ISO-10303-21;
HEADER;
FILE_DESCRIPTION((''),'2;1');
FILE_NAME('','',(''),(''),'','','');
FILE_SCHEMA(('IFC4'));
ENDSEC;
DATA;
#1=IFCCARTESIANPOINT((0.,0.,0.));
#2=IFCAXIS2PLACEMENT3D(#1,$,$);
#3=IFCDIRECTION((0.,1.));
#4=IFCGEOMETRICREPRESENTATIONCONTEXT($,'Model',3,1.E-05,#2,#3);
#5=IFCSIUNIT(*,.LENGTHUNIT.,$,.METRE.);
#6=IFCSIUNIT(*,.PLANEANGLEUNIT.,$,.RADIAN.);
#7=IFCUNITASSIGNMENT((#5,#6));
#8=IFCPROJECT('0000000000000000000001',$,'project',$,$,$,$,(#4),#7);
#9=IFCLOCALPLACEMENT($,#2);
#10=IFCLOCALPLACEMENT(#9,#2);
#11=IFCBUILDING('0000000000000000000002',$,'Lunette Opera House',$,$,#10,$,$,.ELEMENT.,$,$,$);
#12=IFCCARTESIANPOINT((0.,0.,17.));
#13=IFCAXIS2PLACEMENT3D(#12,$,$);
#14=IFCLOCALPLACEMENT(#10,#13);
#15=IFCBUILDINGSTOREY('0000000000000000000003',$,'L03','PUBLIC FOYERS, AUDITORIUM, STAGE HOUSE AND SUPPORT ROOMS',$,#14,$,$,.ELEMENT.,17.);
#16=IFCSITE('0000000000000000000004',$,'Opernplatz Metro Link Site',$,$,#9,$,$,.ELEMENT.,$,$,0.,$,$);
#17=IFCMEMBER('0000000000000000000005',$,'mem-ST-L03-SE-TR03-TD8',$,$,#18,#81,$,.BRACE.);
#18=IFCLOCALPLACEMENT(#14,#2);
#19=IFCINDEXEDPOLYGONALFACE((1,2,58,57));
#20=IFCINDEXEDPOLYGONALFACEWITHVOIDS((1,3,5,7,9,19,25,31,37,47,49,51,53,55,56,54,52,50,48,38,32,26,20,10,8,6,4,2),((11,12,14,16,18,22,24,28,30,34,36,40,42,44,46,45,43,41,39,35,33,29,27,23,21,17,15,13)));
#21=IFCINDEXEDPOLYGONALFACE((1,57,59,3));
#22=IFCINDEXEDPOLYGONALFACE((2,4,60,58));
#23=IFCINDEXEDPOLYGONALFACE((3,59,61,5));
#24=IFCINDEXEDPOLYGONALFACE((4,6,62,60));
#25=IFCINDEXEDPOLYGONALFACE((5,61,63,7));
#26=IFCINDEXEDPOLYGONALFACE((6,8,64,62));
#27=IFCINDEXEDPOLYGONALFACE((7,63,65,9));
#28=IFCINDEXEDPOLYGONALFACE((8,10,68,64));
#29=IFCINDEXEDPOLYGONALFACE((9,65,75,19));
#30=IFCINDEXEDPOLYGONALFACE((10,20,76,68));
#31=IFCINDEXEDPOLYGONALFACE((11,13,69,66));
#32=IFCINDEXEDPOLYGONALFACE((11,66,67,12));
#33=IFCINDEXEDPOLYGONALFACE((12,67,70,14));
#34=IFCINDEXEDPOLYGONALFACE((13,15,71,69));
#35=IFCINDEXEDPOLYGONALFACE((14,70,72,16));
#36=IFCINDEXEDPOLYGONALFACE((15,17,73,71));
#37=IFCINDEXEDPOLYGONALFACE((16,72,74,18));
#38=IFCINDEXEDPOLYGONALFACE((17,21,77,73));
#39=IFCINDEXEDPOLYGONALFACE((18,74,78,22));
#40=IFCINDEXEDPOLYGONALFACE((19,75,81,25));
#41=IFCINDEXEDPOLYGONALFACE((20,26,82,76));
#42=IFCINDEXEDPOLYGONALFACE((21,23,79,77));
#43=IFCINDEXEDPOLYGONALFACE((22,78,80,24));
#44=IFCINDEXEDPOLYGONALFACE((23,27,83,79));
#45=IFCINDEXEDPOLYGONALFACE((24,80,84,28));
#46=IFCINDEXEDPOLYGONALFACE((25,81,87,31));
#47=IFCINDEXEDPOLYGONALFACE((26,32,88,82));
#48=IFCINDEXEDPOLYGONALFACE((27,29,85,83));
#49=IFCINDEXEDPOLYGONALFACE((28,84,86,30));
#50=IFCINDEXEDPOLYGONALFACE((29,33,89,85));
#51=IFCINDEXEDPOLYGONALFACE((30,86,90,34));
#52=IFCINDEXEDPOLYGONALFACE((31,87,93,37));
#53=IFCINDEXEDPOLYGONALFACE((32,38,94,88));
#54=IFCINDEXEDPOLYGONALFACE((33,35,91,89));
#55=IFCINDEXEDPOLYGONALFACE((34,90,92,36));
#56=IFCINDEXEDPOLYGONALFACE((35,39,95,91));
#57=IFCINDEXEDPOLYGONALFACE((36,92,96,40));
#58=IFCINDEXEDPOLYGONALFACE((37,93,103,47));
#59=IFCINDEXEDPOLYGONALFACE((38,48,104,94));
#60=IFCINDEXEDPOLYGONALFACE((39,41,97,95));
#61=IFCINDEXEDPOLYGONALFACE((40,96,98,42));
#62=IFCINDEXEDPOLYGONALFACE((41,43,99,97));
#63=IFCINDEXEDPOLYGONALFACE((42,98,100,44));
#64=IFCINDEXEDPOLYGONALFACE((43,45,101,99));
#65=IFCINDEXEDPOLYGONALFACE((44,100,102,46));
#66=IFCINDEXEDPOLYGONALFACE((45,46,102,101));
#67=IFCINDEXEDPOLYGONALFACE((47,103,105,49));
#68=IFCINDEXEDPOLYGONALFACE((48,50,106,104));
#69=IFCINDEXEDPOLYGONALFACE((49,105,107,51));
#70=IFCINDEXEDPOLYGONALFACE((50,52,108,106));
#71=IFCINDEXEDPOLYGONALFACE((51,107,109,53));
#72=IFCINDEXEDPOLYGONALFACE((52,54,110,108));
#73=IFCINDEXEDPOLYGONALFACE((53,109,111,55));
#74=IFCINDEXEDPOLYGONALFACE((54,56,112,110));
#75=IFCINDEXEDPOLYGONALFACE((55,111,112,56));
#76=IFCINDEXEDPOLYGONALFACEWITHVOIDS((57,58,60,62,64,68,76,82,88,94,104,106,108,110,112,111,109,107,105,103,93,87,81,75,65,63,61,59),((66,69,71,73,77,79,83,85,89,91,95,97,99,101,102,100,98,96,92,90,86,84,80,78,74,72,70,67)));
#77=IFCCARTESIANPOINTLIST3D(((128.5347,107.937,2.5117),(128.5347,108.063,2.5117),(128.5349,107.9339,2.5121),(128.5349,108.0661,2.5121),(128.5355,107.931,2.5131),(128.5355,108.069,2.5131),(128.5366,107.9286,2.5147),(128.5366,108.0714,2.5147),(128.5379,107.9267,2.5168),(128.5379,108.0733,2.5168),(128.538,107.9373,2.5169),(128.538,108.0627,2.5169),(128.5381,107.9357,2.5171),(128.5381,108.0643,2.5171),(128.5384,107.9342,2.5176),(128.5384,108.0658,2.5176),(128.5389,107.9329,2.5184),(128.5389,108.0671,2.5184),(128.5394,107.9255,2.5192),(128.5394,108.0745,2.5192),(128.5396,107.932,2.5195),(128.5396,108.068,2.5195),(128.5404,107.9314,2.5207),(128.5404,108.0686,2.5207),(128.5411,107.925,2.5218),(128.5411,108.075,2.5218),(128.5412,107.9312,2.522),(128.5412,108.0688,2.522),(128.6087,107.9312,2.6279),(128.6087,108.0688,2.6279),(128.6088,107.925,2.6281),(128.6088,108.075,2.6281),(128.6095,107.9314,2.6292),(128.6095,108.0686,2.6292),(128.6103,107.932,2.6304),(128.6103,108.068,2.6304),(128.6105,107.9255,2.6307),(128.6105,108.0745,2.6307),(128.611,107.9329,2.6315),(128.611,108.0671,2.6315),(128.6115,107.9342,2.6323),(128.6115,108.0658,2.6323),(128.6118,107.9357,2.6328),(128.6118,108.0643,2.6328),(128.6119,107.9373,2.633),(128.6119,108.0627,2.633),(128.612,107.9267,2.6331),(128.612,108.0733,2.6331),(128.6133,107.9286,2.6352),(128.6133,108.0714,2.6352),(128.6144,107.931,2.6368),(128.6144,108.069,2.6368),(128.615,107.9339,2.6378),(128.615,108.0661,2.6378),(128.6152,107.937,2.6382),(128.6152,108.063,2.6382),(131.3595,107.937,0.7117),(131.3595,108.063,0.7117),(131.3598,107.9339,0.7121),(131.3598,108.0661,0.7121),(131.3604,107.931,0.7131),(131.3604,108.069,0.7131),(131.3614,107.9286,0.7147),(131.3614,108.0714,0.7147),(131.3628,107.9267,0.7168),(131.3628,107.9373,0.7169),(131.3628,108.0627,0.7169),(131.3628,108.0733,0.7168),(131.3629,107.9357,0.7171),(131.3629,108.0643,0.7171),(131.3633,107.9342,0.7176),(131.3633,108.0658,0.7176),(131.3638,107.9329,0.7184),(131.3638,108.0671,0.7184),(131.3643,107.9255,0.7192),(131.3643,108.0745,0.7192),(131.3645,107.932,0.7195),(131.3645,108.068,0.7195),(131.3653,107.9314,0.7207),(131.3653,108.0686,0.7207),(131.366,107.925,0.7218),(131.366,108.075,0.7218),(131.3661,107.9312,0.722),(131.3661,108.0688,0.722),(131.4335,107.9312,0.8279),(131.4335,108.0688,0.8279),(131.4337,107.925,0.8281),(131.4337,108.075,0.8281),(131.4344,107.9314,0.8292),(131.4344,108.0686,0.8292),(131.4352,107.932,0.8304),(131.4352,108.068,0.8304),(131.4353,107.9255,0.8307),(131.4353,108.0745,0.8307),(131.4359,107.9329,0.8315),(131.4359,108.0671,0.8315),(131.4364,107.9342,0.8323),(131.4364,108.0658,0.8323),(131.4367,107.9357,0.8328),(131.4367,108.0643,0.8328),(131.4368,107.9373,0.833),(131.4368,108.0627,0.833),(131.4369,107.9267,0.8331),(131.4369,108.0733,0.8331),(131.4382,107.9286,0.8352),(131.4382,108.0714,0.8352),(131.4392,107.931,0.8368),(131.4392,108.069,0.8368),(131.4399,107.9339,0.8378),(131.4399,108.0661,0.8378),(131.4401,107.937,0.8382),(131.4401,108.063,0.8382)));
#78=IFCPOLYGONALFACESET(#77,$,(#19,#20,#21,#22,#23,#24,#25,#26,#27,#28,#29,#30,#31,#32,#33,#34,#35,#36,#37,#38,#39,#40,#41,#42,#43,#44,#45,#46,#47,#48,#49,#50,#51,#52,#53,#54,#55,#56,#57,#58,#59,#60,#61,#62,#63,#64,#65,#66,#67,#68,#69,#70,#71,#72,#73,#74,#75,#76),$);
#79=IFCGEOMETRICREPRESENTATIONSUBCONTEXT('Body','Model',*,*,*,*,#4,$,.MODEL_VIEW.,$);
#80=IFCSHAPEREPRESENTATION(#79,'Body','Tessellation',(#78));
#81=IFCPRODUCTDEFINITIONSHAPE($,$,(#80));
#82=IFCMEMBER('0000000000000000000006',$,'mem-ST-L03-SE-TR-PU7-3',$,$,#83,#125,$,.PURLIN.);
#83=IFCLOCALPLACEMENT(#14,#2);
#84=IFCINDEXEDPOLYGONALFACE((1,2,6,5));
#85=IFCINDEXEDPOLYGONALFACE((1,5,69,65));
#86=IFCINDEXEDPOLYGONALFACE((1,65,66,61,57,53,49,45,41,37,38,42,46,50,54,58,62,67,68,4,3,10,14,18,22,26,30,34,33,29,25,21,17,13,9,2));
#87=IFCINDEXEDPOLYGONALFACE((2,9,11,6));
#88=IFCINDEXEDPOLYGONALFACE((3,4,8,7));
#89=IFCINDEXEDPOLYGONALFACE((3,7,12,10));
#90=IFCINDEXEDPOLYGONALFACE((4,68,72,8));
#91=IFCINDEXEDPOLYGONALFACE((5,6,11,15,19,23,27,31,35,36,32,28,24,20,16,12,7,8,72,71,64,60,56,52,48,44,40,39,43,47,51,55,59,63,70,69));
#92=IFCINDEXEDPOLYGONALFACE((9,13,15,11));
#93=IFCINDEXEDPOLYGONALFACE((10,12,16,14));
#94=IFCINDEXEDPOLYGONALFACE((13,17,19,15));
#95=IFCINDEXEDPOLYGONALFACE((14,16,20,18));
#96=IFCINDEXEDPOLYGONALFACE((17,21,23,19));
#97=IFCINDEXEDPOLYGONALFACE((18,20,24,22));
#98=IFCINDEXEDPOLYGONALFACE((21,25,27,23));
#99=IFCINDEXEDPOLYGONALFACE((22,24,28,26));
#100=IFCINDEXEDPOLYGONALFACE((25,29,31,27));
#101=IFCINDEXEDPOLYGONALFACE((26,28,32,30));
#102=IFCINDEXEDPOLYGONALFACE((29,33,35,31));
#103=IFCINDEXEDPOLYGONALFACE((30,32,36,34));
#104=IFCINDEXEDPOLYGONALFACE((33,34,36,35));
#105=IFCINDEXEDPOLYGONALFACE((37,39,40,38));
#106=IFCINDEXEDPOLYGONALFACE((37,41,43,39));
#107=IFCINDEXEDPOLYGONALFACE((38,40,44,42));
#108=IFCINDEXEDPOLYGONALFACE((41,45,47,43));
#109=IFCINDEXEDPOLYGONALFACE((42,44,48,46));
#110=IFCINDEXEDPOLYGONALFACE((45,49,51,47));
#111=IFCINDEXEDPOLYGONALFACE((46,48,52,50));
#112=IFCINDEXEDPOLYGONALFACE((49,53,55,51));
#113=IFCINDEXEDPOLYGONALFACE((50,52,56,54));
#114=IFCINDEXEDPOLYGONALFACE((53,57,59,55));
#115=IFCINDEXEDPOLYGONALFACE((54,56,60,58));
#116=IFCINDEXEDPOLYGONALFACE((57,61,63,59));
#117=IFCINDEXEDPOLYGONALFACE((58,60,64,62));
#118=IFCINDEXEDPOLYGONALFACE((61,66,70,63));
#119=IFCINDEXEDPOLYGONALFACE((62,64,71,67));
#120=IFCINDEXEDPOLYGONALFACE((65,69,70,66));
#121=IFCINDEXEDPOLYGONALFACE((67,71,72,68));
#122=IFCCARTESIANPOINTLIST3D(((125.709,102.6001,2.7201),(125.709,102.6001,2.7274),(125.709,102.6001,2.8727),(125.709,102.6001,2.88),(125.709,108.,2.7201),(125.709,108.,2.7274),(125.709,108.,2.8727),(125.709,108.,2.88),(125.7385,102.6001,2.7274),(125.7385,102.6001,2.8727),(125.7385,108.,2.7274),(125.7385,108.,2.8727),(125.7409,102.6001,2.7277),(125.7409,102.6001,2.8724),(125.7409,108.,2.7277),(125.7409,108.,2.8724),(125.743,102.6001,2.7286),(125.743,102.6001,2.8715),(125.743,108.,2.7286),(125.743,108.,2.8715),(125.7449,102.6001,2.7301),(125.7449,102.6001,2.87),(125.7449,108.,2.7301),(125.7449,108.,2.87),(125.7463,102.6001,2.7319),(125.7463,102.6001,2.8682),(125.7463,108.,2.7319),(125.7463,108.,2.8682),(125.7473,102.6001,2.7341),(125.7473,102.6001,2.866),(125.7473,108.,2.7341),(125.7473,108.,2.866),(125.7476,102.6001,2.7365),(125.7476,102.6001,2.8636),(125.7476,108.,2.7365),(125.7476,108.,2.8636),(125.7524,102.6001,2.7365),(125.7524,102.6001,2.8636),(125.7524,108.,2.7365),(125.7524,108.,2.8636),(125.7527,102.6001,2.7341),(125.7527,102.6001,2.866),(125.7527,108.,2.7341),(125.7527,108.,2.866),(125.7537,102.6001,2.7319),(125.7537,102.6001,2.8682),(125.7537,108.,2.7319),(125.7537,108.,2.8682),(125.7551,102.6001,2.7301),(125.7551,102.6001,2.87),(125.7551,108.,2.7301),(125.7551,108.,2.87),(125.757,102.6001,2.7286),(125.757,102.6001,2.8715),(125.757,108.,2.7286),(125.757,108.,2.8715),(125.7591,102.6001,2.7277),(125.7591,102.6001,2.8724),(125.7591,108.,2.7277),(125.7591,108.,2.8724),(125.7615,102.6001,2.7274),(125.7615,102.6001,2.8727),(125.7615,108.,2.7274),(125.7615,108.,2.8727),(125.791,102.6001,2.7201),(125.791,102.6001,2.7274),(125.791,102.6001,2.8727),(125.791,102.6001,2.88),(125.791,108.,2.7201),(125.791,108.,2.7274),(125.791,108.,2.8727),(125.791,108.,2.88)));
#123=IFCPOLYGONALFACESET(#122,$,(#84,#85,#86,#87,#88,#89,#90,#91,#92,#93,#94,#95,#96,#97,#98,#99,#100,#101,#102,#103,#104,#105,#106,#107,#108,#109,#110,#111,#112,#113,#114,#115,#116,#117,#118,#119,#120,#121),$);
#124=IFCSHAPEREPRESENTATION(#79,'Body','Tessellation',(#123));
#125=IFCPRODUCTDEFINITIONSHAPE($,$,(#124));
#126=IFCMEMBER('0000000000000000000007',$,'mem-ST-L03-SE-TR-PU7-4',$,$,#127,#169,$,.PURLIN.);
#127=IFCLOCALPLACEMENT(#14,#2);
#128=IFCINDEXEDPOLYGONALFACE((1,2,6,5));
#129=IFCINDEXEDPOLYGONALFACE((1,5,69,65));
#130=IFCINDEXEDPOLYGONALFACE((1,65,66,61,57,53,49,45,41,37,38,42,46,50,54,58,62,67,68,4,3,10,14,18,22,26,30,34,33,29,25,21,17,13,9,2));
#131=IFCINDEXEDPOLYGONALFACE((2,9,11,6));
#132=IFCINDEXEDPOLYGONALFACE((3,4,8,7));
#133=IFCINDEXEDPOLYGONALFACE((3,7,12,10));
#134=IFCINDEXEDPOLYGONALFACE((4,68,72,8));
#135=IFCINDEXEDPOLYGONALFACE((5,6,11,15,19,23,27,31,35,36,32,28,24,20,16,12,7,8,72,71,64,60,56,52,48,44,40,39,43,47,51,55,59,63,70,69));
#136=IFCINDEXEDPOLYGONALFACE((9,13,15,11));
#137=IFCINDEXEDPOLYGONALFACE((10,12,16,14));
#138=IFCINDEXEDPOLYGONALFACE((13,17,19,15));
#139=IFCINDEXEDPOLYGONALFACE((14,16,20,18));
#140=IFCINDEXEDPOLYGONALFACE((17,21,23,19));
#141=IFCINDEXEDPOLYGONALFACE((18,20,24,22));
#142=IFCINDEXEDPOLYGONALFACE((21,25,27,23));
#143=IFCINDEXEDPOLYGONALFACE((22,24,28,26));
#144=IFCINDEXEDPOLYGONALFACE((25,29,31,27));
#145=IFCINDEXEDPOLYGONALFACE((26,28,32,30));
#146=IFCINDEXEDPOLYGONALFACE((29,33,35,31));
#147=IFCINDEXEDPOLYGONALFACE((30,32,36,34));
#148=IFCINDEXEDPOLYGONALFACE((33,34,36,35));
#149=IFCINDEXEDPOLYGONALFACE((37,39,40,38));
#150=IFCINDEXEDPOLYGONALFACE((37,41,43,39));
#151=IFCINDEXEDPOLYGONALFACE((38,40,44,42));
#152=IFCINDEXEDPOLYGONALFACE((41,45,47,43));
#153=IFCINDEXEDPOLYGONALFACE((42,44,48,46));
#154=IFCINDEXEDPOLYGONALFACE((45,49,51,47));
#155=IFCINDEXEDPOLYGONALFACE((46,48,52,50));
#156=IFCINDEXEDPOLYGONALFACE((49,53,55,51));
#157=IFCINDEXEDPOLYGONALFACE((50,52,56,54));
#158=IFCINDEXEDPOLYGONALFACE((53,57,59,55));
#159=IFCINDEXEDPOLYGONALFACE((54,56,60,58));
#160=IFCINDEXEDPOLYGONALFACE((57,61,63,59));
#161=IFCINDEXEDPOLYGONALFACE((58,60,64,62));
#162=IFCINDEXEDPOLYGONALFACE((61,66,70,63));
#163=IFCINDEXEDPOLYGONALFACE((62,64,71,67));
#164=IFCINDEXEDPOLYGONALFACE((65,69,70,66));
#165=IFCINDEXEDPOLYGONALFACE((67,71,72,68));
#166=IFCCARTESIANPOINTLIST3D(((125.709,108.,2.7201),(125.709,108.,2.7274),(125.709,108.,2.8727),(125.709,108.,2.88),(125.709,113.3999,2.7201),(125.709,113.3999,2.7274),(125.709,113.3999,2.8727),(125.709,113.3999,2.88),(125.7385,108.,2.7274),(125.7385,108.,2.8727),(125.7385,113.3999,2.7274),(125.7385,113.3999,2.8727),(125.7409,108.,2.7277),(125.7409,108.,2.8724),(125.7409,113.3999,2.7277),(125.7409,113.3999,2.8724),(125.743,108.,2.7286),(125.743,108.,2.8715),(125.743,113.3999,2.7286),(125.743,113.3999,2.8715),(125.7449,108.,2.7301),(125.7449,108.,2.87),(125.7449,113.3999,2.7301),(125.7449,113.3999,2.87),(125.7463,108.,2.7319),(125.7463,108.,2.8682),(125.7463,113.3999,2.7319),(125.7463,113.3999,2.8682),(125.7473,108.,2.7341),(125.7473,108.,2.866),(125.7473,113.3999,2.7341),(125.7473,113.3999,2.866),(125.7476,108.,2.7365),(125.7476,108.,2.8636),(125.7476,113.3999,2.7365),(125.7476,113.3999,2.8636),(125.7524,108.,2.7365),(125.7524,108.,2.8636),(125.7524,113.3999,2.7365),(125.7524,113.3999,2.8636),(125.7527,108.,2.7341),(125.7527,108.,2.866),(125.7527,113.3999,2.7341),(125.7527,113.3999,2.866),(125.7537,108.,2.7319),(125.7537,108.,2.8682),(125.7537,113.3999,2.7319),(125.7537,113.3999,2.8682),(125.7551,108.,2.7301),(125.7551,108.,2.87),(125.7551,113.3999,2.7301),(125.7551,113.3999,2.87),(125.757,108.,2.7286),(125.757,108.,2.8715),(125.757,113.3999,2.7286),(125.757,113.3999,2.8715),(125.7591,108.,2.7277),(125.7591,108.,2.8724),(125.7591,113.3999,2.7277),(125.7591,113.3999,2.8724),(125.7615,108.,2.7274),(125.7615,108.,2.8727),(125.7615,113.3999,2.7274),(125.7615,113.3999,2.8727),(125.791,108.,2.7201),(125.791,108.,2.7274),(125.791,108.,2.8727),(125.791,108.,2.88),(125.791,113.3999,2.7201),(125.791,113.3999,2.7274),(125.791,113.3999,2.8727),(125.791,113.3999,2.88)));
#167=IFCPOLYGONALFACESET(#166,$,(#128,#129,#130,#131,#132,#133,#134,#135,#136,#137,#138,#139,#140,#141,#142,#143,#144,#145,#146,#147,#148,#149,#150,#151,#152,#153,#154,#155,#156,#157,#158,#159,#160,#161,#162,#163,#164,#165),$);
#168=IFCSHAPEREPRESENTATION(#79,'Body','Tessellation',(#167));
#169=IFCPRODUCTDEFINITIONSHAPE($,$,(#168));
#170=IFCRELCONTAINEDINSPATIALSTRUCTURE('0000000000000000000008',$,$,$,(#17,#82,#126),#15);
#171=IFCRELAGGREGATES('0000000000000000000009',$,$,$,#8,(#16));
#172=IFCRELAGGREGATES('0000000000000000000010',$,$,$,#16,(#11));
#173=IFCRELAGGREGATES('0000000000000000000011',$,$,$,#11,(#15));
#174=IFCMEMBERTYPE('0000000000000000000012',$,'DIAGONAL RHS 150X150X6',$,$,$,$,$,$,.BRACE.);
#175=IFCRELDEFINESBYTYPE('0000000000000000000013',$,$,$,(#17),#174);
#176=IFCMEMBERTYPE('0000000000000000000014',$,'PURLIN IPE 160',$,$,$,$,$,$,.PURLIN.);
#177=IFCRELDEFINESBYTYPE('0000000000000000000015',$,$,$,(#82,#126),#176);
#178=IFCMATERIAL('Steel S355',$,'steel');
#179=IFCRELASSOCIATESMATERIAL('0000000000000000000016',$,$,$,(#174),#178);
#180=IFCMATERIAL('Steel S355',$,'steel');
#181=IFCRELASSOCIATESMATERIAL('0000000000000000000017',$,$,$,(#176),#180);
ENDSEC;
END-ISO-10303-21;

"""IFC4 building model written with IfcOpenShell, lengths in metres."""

from ifc_helpers import new_model, si_unit, direction, frame, origin, origin_2d, place, context, subcontext, project, spatial, hollow_rectangle, i_section, extrude, material, material_profile, profile_set, type_object, element, save


model = new_model("IFC4")

# Units and contexts
model_context = context("Model", 3, precision=1e-05, world=origin(), true_north=direction((0.0, 1.0)))
body_context = subcontext(model_context, "Body", "Model", "MODEL_VIEW")
ifc_project = project(units=[si_unit("LENGTHUNIT", "METRE"), si_unit("PLANEANGLEUNIT", "RADIAN")], contexts=[model_context])

# Site, building, storey
site_placement = place(None, origin())
site = spatial("IfcSite", under=ifc_project, at=site_placement, Name="Opernplatz Metro Link Site", CompositionType="ELEMENT", RefElevation=0.0)
building_placement = place(site_placement, origin())
building = spatial("IfcBuilding", under=site, at=building_placement, Name="Lunette Opera House", CompositionType="ELEMENT")
storey_placement = place(building_placement, frame((0.0, 0.0, 17.0)))
storey = spatial("IfcBuildingStorey", under=building, at=storey_placement, Name="L03", Description="PUBLIC FOYERS, AUDITORIUM, STAGE HOUSE AND SUPPORT ROOMS", CompositionType="ELEMENT", Elevation=17.0)

# Members
ifc_material_1 = material(Name="Steel S355", Category="steel")
ifc_material_profile_1 = material_profile(ifc_material_1, hollow_rectangle(XDim=0.1499, YDim=0.1499, WallThickness=0.0061, InnerFilletRadius=0.0061, OuterFilletRadius=0.012, at=origin_2d()), Name="RHS 150X150X6")
ifc_profile_set_1 = profile_set([ifc_material_profile_1], Name="Steel S355")
member_type_1 = type_object("IfcMemberType", Name="DIAGONAL RHS 150X150X6", PredefinedType="BRACE", material=ifc_profile_set_1)
for number, where, z_axis, x_axis, name in (
    (1, (128.575, 108.0, 2.575), (0.843343, 0.0, -0.537375), (0.0, 1.0, 0.0), "mem-ST-L03-SE-TR03-TD8"),
):
    element("IfcMember", number, at=place(storey_placement, frame(where, z_axis=z_axis, x_axis=x_axis)), inside=storey, type_object=member_type_1, Name=name, PredefinedType="BRACE", context=body_context, shape_type="SweptSolid", body=[
        extrude(hollow_rectangle(XDim=0.1499, YDim=0.1499, WallThickness=0.0061, InnerFilletRadius=0.0061, OuterFilletRadius=0.012, at=origin_2d()), origin(), (0.0, 0.0, 1.0), 3.3496),
    ])
ifc_material_2 = material(Name="Steel S355", Category="steel")
ifc_material_profile_2 = material_profile(ifc_material_2, i_section(OverallWidth=0.082, OverallDepth=0.1599, WebThickness=0.0049, FlangeThickness=0.0073, FilletRadius=0.009, at=origin_2d()), Name="IPE 160")
ifc_profile_set_2 = profile_set([ifc_material_profile_2], Name="Steel S355")
member_type_2 = type_object("IfcMemberType", Name="PURLIN IPE 160", PredefinedType="PURLIN", material=ifc_profile_set_2)
for number, where, z_axis, x_axis, name in (
    (2, (125.75, 102.6001, 2.8), (0.0, 1.0, 0.0), (-1.0, 0.0, 0.0), "mem-ST-L03-SE-TR-PU7-3"),
    (3, (125.75, 108.0, 2.8), (0.0, 1.0, 0.0), (-1.0, 0.0, 0.0), "mem-ST-L03-SE-TR-PU7-4"),
):
    element("IfcMember", number, at=place(storey_placement, frame(where, z_axis=z_axis, x_axis=x_axis)), inside=storey, type_object=member_type_2, Name=name, PredefinedType="PURLIN", context=body_context, shape_type="SweptSolid", body=[
        extrude(i_section(OverallWidth=0.082, OverallDepth=0.1599, WebThickness=0.0049, FlangeThickness=0.0073, FilletRadius=0.009, at=origin_2d()), origin(), (0.0, 0.0, 1.0), 5.3999),
    ])

save(model, "model.ifc")
